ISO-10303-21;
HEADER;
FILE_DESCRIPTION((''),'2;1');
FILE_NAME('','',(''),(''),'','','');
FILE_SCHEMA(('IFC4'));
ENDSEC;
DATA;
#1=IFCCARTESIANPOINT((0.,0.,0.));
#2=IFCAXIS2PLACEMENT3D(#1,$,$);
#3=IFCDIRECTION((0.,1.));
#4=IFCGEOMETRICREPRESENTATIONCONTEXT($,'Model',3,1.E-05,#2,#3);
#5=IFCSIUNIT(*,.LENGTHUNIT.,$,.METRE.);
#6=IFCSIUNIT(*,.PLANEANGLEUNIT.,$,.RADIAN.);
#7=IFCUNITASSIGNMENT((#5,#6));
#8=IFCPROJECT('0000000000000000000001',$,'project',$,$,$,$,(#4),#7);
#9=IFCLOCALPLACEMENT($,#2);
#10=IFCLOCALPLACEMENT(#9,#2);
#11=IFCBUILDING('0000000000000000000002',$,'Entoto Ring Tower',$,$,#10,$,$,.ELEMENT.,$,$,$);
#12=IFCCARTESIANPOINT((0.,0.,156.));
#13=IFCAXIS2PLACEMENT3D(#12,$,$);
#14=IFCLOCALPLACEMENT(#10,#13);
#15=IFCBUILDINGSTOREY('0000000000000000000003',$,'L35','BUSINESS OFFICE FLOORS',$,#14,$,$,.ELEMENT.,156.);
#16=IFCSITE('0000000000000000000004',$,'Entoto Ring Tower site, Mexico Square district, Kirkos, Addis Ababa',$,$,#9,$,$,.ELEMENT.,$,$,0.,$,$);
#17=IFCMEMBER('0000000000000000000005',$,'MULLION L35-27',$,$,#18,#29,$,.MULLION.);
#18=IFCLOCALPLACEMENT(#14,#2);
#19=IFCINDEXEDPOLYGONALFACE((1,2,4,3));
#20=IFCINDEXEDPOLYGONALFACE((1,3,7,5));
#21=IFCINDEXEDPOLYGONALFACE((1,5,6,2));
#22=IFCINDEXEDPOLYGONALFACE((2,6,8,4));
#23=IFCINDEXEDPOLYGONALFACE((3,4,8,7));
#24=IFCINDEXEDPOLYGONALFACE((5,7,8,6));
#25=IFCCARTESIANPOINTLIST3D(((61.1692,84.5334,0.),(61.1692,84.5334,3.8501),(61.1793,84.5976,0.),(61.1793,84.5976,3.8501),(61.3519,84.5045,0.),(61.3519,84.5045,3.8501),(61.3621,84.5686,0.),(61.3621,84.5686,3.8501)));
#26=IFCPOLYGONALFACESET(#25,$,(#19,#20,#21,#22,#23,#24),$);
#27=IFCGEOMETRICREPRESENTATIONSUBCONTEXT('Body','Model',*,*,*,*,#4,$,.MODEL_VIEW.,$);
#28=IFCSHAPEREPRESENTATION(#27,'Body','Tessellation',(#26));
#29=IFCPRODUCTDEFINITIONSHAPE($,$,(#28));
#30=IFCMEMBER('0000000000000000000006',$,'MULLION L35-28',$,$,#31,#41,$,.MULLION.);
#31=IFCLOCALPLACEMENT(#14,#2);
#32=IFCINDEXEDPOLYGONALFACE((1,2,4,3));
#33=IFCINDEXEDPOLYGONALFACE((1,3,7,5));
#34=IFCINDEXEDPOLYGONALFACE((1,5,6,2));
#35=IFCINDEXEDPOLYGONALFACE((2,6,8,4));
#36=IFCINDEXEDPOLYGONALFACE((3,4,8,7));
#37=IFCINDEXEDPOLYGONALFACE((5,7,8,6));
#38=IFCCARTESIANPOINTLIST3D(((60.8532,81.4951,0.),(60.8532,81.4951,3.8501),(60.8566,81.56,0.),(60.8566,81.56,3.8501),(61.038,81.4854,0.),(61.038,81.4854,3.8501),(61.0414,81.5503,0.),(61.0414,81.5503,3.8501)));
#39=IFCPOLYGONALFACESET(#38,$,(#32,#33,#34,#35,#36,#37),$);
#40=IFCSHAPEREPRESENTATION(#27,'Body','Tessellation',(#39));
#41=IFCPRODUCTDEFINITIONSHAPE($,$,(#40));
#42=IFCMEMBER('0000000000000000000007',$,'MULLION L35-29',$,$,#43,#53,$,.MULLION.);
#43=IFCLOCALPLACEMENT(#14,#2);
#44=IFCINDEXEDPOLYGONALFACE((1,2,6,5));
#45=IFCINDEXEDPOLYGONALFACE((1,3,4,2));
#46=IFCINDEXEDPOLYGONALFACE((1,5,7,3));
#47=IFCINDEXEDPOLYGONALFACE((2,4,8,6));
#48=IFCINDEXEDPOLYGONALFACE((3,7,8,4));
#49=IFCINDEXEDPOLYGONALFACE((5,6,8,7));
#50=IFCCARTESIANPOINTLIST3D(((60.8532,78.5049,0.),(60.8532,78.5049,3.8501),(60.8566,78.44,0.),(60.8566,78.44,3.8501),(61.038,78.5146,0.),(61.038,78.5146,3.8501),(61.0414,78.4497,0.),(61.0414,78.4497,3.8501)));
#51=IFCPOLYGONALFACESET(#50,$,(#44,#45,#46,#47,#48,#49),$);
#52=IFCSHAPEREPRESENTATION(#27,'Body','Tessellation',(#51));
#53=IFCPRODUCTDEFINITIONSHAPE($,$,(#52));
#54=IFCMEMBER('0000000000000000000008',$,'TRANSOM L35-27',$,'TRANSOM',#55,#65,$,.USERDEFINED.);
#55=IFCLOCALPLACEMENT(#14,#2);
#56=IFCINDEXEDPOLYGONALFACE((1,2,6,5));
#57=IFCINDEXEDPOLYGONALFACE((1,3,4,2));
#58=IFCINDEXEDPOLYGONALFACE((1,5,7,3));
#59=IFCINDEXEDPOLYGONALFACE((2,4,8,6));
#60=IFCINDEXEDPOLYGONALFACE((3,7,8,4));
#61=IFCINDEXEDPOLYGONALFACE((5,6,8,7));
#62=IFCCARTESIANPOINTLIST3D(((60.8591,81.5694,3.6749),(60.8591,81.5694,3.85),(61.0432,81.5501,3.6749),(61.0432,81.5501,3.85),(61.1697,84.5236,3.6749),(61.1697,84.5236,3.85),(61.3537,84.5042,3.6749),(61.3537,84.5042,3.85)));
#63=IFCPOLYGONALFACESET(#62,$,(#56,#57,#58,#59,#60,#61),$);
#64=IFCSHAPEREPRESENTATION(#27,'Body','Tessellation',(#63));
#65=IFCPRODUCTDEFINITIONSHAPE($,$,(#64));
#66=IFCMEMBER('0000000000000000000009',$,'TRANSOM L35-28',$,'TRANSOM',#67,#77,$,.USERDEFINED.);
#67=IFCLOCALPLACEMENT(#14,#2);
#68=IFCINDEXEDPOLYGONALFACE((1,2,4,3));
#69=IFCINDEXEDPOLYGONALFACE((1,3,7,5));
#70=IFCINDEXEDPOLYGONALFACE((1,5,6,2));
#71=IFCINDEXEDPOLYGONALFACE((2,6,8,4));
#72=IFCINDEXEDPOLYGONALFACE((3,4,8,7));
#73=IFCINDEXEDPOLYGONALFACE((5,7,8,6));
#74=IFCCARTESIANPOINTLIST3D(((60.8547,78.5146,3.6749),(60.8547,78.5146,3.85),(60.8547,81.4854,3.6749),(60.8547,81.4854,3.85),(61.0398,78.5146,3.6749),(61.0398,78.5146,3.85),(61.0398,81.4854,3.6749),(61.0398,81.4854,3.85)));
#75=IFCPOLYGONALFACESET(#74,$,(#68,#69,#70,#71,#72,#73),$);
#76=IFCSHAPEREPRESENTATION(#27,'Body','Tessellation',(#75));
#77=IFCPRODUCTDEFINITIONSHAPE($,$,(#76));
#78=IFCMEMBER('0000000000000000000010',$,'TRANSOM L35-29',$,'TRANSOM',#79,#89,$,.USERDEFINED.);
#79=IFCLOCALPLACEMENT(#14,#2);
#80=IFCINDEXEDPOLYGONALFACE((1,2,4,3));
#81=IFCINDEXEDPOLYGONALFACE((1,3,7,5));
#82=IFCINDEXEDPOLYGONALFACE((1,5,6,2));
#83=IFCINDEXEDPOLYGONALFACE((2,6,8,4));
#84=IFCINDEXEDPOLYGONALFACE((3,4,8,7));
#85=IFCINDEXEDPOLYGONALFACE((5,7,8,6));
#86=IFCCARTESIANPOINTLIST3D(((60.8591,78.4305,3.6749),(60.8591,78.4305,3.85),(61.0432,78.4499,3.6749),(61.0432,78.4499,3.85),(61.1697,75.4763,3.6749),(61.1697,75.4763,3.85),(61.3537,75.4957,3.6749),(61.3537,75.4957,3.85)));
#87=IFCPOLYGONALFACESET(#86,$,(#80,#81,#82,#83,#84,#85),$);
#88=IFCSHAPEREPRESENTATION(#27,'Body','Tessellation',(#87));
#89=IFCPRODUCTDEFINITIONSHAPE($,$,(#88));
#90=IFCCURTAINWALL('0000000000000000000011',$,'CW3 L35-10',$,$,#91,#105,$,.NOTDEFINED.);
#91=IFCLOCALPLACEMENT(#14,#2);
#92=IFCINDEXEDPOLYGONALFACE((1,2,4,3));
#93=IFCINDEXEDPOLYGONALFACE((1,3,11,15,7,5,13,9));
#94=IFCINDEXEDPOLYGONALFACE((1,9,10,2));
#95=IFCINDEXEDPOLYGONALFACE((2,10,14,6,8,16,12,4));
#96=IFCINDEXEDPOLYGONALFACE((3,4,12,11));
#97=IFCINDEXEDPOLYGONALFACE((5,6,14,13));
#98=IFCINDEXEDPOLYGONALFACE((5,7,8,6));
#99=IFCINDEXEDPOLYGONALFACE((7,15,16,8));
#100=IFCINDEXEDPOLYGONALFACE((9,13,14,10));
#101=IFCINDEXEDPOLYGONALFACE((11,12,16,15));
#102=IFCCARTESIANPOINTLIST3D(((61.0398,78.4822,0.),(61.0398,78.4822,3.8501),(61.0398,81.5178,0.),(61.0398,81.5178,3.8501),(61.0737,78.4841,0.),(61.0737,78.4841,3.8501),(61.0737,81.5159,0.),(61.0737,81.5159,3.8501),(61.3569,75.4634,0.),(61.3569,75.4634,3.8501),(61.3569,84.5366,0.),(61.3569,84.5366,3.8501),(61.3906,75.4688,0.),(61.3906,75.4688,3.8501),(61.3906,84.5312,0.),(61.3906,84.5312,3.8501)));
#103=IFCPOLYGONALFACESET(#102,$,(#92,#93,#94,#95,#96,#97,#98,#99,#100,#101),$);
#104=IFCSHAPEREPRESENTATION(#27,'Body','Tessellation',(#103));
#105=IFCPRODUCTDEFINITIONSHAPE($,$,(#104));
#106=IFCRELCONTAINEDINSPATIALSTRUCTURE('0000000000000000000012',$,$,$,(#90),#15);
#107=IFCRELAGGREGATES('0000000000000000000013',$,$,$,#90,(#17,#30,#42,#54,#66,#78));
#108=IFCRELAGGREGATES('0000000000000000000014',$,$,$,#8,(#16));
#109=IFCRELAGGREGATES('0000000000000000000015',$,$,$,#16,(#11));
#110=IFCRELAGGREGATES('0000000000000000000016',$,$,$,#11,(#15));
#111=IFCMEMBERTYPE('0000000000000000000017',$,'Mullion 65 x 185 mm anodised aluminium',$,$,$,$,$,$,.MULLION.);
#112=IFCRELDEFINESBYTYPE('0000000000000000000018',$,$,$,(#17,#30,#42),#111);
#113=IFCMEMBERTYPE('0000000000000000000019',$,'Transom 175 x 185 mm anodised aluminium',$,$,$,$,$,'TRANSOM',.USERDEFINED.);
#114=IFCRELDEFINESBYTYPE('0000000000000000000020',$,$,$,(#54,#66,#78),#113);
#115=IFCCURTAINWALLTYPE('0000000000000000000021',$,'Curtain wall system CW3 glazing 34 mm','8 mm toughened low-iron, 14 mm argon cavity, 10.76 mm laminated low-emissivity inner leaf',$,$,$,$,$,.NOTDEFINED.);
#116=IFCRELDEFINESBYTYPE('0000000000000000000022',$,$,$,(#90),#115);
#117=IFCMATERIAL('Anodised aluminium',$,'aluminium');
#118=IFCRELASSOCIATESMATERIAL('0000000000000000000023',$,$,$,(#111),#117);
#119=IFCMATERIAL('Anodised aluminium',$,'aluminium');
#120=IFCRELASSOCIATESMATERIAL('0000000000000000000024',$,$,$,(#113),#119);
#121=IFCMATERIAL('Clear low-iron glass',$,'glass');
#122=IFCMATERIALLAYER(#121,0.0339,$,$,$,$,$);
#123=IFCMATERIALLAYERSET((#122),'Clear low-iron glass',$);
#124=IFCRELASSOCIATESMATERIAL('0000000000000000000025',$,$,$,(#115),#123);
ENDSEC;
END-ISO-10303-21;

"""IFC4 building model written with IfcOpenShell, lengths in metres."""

from ifc_helpers import new_model, si_unit, direction, frame, origin, origin_2d, place, context, subcontext, project, spatial, polyline, rectangle, outline, extrude, material, layer, layer_set, material_profile, profile_set, type_object, element, aggregate, save


model = new_model("IFC4")

# Units and contexts
model_context = context("Model", 3, precision=1e-05, world=origin(), true_north=direction((0.0, 1.0)))
body_context = subcontext(model_context, "Body", "Model", "MODEL_VIEW")
ifc_project = project(units=[si_unit("LENGTHUNIT", "METRE"), si_unit("PLANEANGLEUNIT", "RADIAN")], contexts=[model_context])

# Members
ifc_material_1 = material(Name="Anodised aluminium", Category="aluminium")
ifc_material_profile_1 = material_profile(ifc_material_1, rectangle(XDim=0.0649, YDim=0.1851, at=origin_2d()), Name="Mullion 65 x 185 mm anodised aluminium")
ifc_profile_set_1 = profile_set([ifc_material_profile_1], Name="Anodised aluminium")
member_type_1 = type_object("IfcMemberType", Name="Mullion 65 x 185 mm anodised aluminium", PredefinedType="MULLION", material=ifc_profile_set_1)
site_placement = place(None, origin())
building_placement = place(site_placement, origin())
storey_placement = place(building_placement, frame((0.0, 0.0, 156.0)))
member_1_placement = place(storey_placement, frame((61.2656, 84.551, 0.0), z_axis=(0.0, 0.0, 1.0), x_axis=(-0.156434, -0.987688, 0.0)))
member_1 = element("IfcMember", 1, at=member_1_placement, type_object=member_type_1, Name="MULLION L35-27", PredefinedType="MULLION", context=body_context, shape_type="SweptSolid", body=[
    extrude(rectangle(XDim=0.0649, YDim=0.1851, at=origin_2d()), origin(), (0.0, 0.0, 1.0), 3.8501),
])
member_2_placement = place(storey_placement, frame((60.9473, 81.5227, 0.0), z_axis=(0.0, 0.0, 1.0), x_axis=(-0.052336, -0.99863, 0.0)))
member_2 = element("IfcMember", 2, at=member_2_placement, type_object=member_type_1, Name="MULLION L35-28", PredefinedType="MULLION", context=body_context, shape_type="SweptSolid", body=[
    extrude(rectangle(XDim=0.0649, YDim=0.1851, at=origin_2d()), origin(), (0.0, 0.0, 1.0), 3.8501),
])
member_3_placement = place(storey_placement, frame((60.9473, 78.4773, 0.0), z_axis=(0.0, 0.0, 1.0), x_axis=(0.052336, -0.99863, 0.0)))
member_3 = element("IfcMember", 3, at=member_3_placement, type_object=member_type_1, Name="MULLION L35-29", PredefinedType="MULLION", context=body_context, shape_type="SweptSolid", body=[
    extrude(rectangle(XDim=0.0649, YDim=0.1851, at=origin_2d()), origin(), (0.0, 0.0, 1.0), 3.8501),
])
ifc_material_2 = material(Name="Anodised aluminium", Category="aluminium")
ifc_material_profile_2 = material_profile(ifc_material_2, rectangle(XDim=0.1851, YDim=0.175, at=origin_2d()), Name="Transom 175 x 185 mm anodised aluminium")
ifc_profile_set_2 = profile_set([ifc_material_profile_2], Name="Anodised aluminium")
member_type_2 = type_object("IfcMemberType", Name="Transom 175 x 185 mm anodised aluminium", ElementType="TRANSOM", PredefinedType="USERDEFINED", material=ifc_profile_set_2)
member_4_placement = place(storey_placement, frame((61.2617, 84.5139, 3.7625), z_axis=(-0.104548, -0.99452, 0.0), x_axis=(0.99452, -0.104548, 0.0)))
member_4 = element("IfcMember", 4, at=member_4_placement, type_object=member_type_2, Name="TRANSOM L35-27", ObjectType="TRANSOM", PredefinedType="USERDEFINED", context=body_context, shape_type="SweptSolid", body=[
    extrude(rectangle(XDim=0.1851, YDim=0.175, at=origin_2d()), origin(), (0.0, 0.0, 1.0), 2.9705),
])
member_5_placement = place(storey_placement, frame((60.9473, 81.4854, 3.7625), z_axis=(0.0, -1.0, 0.0), x_axis=(1.0, 0.0, 0.0)))
member_5 = element("IfcMember", 5, at=member_5_placement, type_object=member_type_2, Name="TRANSOM L35-28", ObjectType="TRANSOM", PredefinedType="USERDEFINED", context=body_context, shape_type="SweptSolid", body=[
    extrude(rectangle(XDim=0.1851, YDim=0.175, at=origin_2d()), origin(), (0.0, 0.0, 1.0), 2.9707),
])
member_6_placement = place(storey_placement, frame((60.9512, 78.4402, 3.7625), z_axis=(0.104548, -0.99452, 0.0), x_axis=(0.99452, 0.104548, 0.0)))
member_6 = element("IfcMember", 6, at=member_6_placement, type_object=member_type_2, Name="TRANSOM L35-29", ObjectType="TRANSOM", PredefinedType="USERDEFINED", context=body_context, shape_type="SweptSolid", body=[
    extrude(rectangle(XDim=0.1851, YDim=0.175, at=origin_2d()), origin(), (0.0, 0.0, 1.0), 2.9705),
])

# Site, building, storey
site = spatial("IfcSite", under=ifc_project, at=site_placement, Name="Entoto Ring Tower site, Mexico Square district, Kirkos, Addis Ababa", CompositionType="ELEMENT", RefElevation=0.0)
building = spatial("IfcBuilding", under=site, at=building_placement, Name="Entoto Ring Tower", CompositionType="ELEMENT")
storey = spatial("IfcBuildingStorey", under=building, at=storey_placement, Name="L35", Description="BUSINESS OFFICE FLOORS", CompositionType="ELEMENT", Elevation=156.0)

# Curtain wall
ifc_material_3 = material(Name="Clear low-iron glass", Category="glass")
ifc_layer = layer(ifc_material_3, 0.0339)
ifc_layer_set = layer_set([ifc_layer], Name="Clear low-iron glass")
curtain_wall_type = type_object("IfcCurtainWallType", Name="Curtain wall system CW3 glazing 34 mm", Description="8 mm toughened low-iron, 14 mm argon cavity, 10.76 mm laminated low-emissivity inner leaf", PredefinedType="NOTDEFINED", material=ifc_layer_set)
curtain_wall_1_placement = place(storey_placement, origin())
curtain_wall_1 = element("IfcCurtainWall", 7, at=curtain_wall_1_placement, inside=storey, type_object=curtain_wall_type, Name="CW3 L35-10", PredefinedType="NOTDEFINED", context=body_context, shape_type="SweptSolid", body=[
    extrude(outline(polyline([(61.3569, 84.5366), (61.0398, 81.5178), (61.0398, 78.4822), (61.3569, 75.4634), (61.3906, 75.4688), (61.0737, 78.4841), (61.0737, 81.5159), (61.3906, 84.5312), (61.3569, 84.5366)])), origin(), (0.0, 0.0, 1.0), 3.8501),
])
aggregate(curtain_wall_1, [member_1, member_2, member_3, member_4, member_5, member_6])

save(model, "model.ifc")
